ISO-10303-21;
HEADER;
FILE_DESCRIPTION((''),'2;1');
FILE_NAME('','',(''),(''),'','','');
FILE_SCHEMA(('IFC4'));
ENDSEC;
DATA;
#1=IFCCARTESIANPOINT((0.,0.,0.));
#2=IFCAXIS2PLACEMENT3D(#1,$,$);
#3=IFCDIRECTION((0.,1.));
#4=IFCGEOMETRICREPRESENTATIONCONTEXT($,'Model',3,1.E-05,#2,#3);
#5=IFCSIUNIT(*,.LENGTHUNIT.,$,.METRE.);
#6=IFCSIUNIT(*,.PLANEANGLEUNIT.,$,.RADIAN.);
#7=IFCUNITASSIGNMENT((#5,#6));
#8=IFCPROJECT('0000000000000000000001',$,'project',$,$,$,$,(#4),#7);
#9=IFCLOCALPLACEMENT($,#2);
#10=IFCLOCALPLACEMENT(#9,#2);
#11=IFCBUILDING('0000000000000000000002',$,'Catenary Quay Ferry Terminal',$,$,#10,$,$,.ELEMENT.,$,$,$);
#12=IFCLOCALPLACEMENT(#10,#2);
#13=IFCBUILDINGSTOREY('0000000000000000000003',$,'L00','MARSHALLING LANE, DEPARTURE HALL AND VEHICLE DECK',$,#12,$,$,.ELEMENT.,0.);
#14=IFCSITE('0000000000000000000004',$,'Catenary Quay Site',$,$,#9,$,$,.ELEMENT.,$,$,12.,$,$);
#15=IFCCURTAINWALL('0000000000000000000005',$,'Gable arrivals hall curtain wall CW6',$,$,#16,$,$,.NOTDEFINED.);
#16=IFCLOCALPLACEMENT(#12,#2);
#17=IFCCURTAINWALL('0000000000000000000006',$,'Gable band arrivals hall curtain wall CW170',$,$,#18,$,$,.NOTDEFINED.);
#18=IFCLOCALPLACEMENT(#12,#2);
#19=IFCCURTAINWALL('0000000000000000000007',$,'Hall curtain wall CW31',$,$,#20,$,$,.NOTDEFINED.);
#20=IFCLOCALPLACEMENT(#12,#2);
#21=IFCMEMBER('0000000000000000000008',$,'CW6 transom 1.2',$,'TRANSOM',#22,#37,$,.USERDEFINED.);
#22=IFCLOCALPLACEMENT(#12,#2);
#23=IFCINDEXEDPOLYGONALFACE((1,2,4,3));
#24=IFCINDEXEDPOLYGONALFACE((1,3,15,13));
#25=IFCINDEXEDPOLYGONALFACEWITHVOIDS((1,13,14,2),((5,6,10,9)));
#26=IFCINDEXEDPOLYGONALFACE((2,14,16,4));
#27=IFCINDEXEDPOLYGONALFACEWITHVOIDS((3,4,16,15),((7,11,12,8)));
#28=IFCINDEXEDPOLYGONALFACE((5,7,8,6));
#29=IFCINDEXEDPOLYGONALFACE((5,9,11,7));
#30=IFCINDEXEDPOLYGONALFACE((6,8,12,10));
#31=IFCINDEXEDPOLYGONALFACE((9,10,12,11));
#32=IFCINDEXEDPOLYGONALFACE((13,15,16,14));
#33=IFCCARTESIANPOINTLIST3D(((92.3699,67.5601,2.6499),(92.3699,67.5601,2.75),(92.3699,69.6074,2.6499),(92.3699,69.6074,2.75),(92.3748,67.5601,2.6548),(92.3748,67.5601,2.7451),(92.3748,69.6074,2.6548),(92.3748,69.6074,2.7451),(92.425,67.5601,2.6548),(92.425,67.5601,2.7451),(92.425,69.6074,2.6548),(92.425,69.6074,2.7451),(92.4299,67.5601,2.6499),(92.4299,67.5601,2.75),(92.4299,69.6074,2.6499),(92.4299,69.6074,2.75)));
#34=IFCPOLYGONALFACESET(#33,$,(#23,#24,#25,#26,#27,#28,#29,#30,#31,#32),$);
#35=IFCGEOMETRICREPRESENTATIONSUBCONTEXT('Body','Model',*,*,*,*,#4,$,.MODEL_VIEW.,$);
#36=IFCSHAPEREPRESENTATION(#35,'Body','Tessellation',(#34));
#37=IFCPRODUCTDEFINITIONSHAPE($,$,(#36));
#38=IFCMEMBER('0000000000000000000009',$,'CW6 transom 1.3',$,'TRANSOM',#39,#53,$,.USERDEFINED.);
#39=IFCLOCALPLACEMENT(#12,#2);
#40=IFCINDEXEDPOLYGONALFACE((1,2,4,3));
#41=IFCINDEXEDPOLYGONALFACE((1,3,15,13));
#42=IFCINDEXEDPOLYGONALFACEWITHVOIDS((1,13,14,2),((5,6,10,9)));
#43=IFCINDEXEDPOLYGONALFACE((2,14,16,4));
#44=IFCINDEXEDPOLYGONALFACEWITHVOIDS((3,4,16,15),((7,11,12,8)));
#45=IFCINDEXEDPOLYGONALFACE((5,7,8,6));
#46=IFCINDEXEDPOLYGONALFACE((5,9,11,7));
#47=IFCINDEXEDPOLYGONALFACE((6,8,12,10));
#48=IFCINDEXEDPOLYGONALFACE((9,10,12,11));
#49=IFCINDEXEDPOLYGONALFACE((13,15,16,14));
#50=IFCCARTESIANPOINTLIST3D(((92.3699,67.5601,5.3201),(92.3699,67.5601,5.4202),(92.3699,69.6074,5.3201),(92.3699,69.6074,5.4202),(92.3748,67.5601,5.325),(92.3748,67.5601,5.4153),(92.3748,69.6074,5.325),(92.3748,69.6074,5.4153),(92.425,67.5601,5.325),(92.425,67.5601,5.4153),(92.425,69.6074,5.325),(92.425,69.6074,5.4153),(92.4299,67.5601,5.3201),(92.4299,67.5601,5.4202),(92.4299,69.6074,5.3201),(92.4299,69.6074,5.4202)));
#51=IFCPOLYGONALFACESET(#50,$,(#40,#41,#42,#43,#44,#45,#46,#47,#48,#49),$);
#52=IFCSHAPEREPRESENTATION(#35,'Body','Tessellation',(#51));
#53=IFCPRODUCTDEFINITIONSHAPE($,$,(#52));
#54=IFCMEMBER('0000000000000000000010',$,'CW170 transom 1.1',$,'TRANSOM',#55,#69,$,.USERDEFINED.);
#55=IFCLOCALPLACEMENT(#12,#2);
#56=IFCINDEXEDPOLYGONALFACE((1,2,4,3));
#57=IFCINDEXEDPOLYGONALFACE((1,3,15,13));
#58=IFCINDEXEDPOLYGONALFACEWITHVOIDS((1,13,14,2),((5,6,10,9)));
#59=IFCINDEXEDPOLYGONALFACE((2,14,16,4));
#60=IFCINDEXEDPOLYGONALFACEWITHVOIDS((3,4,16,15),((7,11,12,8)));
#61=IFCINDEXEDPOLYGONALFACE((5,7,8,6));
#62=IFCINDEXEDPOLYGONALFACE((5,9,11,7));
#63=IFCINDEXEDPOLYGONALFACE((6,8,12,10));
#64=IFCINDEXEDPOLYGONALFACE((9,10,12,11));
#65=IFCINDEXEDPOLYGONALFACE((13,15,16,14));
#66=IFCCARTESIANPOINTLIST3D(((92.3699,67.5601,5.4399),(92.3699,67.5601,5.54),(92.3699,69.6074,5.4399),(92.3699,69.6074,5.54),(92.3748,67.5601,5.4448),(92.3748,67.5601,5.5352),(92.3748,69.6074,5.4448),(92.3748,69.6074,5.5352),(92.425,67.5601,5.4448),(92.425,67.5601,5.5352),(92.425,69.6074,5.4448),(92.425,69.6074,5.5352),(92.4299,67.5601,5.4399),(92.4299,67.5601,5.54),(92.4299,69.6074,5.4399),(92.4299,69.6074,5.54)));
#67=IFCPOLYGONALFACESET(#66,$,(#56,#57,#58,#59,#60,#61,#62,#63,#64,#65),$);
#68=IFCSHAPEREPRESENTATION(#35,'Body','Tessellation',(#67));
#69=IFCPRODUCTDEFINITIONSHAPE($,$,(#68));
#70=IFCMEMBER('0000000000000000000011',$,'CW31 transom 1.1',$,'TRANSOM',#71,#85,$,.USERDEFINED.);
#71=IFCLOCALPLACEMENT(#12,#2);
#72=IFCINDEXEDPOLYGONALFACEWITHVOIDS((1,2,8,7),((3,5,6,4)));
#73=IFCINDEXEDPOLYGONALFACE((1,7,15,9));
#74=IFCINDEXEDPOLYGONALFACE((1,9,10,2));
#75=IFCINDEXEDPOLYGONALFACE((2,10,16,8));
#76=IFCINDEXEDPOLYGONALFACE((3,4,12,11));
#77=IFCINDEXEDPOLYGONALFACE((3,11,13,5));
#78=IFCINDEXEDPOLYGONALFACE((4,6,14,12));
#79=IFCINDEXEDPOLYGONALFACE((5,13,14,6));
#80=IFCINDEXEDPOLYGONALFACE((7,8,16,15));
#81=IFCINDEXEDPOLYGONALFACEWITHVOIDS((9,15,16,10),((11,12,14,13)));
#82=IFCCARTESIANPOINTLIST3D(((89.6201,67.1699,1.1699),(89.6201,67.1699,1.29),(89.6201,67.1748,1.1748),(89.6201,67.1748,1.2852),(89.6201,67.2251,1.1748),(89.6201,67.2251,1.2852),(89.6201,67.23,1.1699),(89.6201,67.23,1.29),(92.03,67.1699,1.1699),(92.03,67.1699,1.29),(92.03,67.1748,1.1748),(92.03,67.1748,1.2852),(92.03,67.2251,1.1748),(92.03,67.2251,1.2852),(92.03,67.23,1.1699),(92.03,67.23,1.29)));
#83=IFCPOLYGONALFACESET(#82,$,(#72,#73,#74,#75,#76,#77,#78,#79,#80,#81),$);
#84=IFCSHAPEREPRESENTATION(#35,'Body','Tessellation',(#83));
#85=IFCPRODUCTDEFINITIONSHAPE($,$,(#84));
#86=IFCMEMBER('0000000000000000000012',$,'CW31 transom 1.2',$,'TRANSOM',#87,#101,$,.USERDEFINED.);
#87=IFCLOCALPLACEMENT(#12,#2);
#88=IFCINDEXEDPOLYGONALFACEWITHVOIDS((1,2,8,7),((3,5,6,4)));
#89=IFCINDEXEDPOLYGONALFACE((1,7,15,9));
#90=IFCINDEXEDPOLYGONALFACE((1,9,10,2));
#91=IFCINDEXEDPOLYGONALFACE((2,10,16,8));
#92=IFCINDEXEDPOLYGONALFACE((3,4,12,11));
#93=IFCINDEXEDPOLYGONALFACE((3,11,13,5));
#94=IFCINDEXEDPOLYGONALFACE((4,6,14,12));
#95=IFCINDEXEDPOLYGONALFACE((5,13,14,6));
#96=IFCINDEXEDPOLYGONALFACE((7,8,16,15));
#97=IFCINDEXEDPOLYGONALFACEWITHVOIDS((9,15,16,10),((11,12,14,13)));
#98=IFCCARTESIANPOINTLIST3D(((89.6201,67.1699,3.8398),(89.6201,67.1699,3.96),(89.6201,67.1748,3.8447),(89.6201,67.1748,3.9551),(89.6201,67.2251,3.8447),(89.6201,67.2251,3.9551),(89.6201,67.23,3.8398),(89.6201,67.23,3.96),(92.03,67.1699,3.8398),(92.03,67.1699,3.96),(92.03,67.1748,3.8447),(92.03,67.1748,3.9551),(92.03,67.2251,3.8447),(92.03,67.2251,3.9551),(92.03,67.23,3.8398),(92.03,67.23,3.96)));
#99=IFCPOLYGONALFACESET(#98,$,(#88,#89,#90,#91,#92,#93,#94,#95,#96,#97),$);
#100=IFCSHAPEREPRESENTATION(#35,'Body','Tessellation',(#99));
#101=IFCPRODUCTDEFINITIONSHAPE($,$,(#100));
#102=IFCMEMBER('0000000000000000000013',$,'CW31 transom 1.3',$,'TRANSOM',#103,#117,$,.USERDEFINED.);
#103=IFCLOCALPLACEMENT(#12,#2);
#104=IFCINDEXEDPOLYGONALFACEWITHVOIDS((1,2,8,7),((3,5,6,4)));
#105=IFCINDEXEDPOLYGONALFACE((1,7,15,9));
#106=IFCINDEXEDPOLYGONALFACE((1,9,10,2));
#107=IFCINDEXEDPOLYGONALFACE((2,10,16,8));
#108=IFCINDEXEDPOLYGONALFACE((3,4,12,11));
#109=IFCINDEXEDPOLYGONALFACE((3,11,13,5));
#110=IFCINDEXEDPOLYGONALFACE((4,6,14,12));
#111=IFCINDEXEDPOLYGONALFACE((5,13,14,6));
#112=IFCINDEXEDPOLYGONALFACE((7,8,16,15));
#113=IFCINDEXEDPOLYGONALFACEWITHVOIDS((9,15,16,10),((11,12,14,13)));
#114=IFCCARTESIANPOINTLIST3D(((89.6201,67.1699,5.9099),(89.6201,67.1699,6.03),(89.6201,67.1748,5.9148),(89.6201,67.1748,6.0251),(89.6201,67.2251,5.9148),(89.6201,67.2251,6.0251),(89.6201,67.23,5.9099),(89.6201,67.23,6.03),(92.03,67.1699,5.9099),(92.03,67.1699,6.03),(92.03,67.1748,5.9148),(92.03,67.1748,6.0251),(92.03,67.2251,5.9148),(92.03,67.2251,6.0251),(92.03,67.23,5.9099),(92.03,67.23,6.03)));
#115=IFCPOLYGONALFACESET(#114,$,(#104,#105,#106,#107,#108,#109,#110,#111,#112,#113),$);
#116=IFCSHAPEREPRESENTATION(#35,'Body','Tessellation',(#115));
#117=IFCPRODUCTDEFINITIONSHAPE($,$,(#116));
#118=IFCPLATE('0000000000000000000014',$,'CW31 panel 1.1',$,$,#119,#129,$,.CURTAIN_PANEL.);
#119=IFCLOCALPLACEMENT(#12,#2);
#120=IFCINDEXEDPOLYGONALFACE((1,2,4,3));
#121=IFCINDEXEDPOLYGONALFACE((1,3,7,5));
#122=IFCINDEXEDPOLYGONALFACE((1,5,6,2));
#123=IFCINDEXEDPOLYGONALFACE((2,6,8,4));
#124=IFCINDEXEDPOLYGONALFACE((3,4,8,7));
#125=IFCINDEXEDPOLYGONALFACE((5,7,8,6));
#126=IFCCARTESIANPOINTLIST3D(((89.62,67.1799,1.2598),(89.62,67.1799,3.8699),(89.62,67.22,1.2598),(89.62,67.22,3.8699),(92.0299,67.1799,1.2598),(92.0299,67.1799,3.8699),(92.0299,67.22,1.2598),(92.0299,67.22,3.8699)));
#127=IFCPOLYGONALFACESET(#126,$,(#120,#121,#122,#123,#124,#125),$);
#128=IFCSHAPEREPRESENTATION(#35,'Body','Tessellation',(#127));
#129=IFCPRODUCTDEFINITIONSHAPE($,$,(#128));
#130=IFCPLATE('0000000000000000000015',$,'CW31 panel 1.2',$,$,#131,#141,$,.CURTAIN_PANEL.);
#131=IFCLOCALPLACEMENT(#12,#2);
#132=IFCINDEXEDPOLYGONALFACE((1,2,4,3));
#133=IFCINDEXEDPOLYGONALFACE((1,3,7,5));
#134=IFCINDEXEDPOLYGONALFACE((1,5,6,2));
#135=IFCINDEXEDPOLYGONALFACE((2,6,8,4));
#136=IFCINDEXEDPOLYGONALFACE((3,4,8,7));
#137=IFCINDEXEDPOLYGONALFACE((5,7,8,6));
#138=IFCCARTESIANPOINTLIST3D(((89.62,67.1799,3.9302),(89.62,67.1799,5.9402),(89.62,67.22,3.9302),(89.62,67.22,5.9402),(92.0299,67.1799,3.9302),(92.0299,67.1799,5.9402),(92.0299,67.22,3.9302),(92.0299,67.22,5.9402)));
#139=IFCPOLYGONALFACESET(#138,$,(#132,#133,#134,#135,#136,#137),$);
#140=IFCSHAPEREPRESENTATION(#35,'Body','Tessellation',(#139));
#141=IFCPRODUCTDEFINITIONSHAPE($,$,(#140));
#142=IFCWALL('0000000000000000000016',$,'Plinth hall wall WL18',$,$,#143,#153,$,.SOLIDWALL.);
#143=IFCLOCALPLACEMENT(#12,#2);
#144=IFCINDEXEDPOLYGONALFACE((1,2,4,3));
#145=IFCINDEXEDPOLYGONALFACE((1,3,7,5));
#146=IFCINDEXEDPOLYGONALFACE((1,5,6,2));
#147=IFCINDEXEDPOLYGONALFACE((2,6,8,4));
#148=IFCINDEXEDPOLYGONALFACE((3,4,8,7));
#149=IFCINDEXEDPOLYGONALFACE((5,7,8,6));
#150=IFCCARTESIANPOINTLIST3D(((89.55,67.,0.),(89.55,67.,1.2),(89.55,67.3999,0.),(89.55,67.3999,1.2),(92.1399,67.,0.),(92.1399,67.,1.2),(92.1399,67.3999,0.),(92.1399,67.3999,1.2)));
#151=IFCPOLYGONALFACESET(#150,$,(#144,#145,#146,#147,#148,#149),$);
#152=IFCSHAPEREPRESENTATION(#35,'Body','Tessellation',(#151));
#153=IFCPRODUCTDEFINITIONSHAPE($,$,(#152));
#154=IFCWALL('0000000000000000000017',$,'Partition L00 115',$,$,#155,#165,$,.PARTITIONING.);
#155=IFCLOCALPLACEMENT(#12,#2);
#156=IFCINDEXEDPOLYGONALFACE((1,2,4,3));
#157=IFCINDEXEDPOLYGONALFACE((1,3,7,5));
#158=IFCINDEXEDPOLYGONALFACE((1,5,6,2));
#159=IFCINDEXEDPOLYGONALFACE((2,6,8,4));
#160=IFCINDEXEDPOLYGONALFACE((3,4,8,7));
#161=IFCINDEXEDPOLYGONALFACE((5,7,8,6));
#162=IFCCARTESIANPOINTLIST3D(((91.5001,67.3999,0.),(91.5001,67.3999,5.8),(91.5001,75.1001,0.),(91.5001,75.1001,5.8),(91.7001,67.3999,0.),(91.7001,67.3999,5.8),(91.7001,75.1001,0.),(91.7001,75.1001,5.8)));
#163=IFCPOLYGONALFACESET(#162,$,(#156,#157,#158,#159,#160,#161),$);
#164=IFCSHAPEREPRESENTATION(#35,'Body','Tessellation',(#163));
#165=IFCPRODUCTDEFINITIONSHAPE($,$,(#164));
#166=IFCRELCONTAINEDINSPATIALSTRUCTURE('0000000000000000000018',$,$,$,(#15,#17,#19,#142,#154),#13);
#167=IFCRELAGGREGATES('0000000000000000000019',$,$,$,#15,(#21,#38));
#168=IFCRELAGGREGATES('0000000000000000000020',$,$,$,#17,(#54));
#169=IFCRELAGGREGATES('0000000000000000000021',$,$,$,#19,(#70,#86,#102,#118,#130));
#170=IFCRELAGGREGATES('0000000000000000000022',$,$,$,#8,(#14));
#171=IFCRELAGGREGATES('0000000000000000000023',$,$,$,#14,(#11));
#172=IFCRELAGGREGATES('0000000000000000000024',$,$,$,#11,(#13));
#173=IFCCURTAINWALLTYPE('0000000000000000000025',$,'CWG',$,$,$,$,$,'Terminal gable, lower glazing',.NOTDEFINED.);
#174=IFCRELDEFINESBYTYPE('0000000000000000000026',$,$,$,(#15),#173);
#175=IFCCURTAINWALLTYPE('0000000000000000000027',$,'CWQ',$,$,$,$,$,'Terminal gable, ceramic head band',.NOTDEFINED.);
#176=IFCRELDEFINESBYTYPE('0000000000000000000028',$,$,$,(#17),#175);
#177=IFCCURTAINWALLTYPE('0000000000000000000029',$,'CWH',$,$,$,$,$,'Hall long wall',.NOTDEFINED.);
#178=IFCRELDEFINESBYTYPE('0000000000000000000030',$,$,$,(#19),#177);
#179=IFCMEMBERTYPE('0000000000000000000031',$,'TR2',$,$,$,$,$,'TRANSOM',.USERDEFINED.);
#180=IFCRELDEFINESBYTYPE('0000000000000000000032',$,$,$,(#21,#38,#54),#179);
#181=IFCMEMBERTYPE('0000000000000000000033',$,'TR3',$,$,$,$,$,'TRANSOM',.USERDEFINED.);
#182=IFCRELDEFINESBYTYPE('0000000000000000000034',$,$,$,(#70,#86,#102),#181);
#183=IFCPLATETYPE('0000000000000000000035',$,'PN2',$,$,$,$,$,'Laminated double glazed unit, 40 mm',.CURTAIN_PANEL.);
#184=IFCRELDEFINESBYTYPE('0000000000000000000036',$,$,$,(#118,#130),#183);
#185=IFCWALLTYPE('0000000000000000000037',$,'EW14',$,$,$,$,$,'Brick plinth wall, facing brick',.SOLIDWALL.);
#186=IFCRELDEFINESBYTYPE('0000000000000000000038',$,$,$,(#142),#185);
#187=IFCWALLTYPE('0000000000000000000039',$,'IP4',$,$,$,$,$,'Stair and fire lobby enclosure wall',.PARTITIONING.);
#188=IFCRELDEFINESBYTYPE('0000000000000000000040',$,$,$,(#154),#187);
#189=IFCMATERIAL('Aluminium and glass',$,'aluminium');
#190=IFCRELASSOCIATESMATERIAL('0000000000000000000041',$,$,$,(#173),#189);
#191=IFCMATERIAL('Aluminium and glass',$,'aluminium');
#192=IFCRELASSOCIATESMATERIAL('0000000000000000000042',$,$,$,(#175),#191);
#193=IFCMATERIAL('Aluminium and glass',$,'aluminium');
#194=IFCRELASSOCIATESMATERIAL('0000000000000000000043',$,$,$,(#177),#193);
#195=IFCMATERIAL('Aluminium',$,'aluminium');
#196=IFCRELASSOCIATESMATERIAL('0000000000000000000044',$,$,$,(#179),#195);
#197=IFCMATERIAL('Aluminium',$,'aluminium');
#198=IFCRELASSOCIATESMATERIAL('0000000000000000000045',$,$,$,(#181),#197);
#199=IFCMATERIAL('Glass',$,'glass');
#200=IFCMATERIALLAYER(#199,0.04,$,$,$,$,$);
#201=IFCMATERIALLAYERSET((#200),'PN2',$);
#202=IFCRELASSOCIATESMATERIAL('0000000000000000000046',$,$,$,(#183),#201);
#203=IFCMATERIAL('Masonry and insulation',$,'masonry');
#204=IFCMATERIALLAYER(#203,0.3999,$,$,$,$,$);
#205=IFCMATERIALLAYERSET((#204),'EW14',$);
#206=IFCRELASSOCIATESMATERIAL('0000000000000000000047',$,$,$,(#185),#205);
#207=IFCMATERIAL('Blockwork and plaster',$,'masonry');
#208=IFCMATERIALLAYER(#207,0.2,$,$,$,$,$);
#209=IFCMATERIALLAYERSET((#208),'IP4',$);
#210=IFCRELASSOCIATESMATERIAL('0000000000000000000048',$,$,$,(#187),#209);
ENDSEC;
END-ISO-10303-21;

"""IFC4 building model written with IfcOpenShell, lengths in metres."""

from ifc_helpers import new_model, si_unit, direction, frame, frame_2d, origin, origin_2d, place, context, subcontext, project, spatial, rectangle, hollow_rectangle, extrude, material, layer, layer_set, material_profile, profile_set, type_object, element, aggregate, save


model = new_model("IFC4")

# Units and contexts
model_context = context("Model", 3, precision=1e-05, world=origin(), true_north=direction((0.0, 1.0)))
body_context = subcontext(model_context, "Body", "Model", "MODEL_VIEW")
ifc_project = project(units=[si_unit("LENGTHUNIT", "METRE"), si_unit("PLANEANGLEUNIT", "RADIAN")], contexts=[model_context])

# Site, building, storey
site_placement = place(None, origin())
site = spatial("IfcSite", under=ifc_project, at=site_placement, Name="Catenary Quay Site", CompositionType="ELEMENT", RefElevation=12.0)
building_placement = place(site_placement, origin())
building = spatial("IfcBuilding", under=site, at=building_placement, Name="Catenary Quay Ferry Terminal", CompositionType="ELEMENT")
storey_placement = place(building_placement, origin())
storey = spatial("IfcBuildingStorey", under=building, at=storey_placement, Name="L00", Description="MARSHALLING LANE, DEPARTURE HALL AND VEHICLE DECK", CompositionType="ELEMENT", Elevation=0.0)

# Curtain walls
ifc_material_1 = material(Name="Aluminium and glass", Category="aluminium")
curtain_wall_type_1 = type_object("IfcCurtainWallType", Name="CWG", ElementType="Terminal gable, lower glazing", PredefinedType="NOTDEFINED", material=ifc_material_1)
curtain_wall_1_placement = place(storey_placement, origin())
curtain_wall_1 = element("IfcCurtainWall", 1, at=curtain_wall_1_placement, inside=storey, type_object=curtain_wall_type_1, Name="Gable arrivals hall curtain wall CW6", PredefinedType="NOTDEFINED")
ifc_material_2 = material(Name="Aluminium and glass", Category="aluminium")
curtain_wall_type_2 = type_object("IfcCurtainWallType", Name="CWQ", ElementType="Terminal gable, ceramic head band", PredefinedType="NOTDEFINED", material=ifc_material_2)
curtain_wall_2_placement = place(storey_placement, origin())
curtain_wall_2 = element("IfcCurtainWall", 2, at=curtain_wall_2_placement, inside=storey, type_object=curtain_wall_type_2, Name="Gable band arrivals hall curtain wall CW170", PredefinedType="NOTDEFINED")
ifc_material_3 = material(Name="Aluminium and glass", Category="aluminium")
curtain_wall_type_3 = type_object("IfcCurtainWallType", Name="CWH", ElementType="Hall long wall", PredefinedType="NOTDEFINED", material=ifc_material_3)

# Curtain wall
curtain_wall_3_placement = place(storey_placement, origin())
curtain_wall_3 = element("IfcCurtainWall", 3, at=curtain_wall_3_placement, inside=storey, type_object=curtain_wall_type_3, Name="Hall curtain wall CW31", PredefinedType="NOTDEFINED")

# Members
ifc_material_4 = material(Name="Aluminium", Category="aluminium")
ifc_material_profile_1 = material_profile(ifc_material_4, hollow_rectangle(XDim=0.0601, YDim=0.1001, WallThickness=0.0049, at=origin_2d()), Name="TR2")
ifc_profile_set_1 = profile_set([ifc_material_profile_1], Name="Aluminium")
member_type_1 = type_object("IfcMemberType", Name="TR2", ElementType="TRANSOM", PredefinedType="USERDEFINED", material=ifc_profile_set_1)
member_1_placement = place(storey_placement, frame((92.3999, 67.5601, 2.7), z_axis=(0.0, 1.0, 0.0), x_axis=(-1.0, 0.0, 0.0)))
member_1 = element("IfcMember", 4, at=member_1_placement, type_object=member_type_1, Name="CW6 transom 1.2", ObjectType="TRANSOM", PredefinedType="USERDEFINED", context=body_context, shape_type="SweptSolid", body=[
    extrude(hollow_rectangle(XDim=0.0601, YDim=0.1001, WallThickness=0.0049, at=origin_2d()), origin(), (0.0, 0.0, 1.0), 2.0474),
])
member_2_placement = place(storey_placement, frame((92.3999, 67.5601, 5.3701), z_axis=(0.0, 1.0, 0.0), x_axis=(-1.0, 0.0, 0.0)))
member_2 = element("IfcMember", 5, at=member_2_placement, type_object=member_type_1, Name="CW6 transom 1.3", ObjectType="TRANSOM", PredefinedType="USERDEFINED", context=body_context, shape_type="SweptSolid", body=[
    extrude(hollow_rectangle(XDim=0.0601, YDim=0.1001, WallThickness=0.0049, at=origin_2d()), origin(), (0.0, 0.0, 1.0), 2.0474),
])
aggregate(curtain_wall_1, [member_1, member_2])
member_3_placement = place(storey_placement, frame((92.3999, 67.5601, 5.49), z_axis=(0.0, 1.0, 0.0), x_axis=(-1.0, 0.0, 0.0)))
member_3 = element("IfcMember", 6, at=member_3_placement, type_object=member_type_1, Name="CW170 transom 1.1", ObjectType="TRANSOM", PredefinedType="USERDEFINED", context=body_context, shape_type="SweptSolid", body=[
    extrude(hollow_rectangle(XDim=0.0601, YDim=0.1001, WallThickness=0.0049, at=origin_2d()), origin(), (0.0, 0.0, 1.0), 2.0474),
])
aggregate(curtain_wall_2, [member_3])
ifc_material_5 = material(Name="Aluminium", Category="aluminium")
ifc_material_profile_2 = material_profile(ifc_material_5, hollow_rectangle(XDim=0.0601, YDim=0.1201, WallThickness=0.0049, at=origin_2d()), Name="TR3")
ifc_profile_set_2 = profile_set([ifc_material_profile_2], Name="Aluminium")
member_type_2 = type_object("IfcMemberType", Name="TR3", ElementType="TRANSOM", PredefinedType="USERDEFINED", material=ifc_profile_set_2)
member_4_placement = place(storey_placement, frame((89.6201, 67.2, 1.23), z_axis=(1.0, 0.0, 0.0), x_axis=(0.0, 1.0, 0.0)))
member_4 = element("IfcMember", 7, at=member_4_placement, type_object=member_type_2, Name="CW31 transom 1.1", ObjectType="TRANSOM", PredefinedType="USERDEFINED", context=body_context, shape_type="SweptSolid", body=[
    extrude(hollow_rectangle(XDim=0.0601, YDim=0.1201, WallThickness=0.0049, at=origin_2d()), origin(), (0.0, 0.0, 1.0), 2.4099),
])
member_5_placement = place(storey_placement, frame((89.6201, 67.2, 3.8999), z_axis=(1.0, 0.0, 0.0), x_axis=(0.0, 1.0, 0.0)))
member_5 = element("IfcMember", 8, at=member_5_placement, type_object=member_type_2, Name="CW31 transom 1.2", ObjectType="TRANSOM", PredefinedType="USERDEFINED", context=body_context, shape_type="SweptSolid", body=[
    extrude(hollow_rectangle(XDim=0.0601, YDim=0.1201, WallThickness=0.0049, at=origin_2d()), origin(), (0.0, 0.0, 1.0), 2.4099),
])
member_6_placement = place(storey_placement, frame((89.6201, 67.2, 5.97), z_axis=(1.0, 0.0, 0.0), x_axis=(0.0, 1.0, 0.0)))
member_6 = element("IfcMember", 9, at=member_6_placement, type_object=member_type_2, Name="CW31 transom 1.3", ObjectType="TRANSOM", PredefinedType="USERDEFINED", context=body_context, shape_type="SweptSolid", body=[
    extrude(hollow_rectangle(XDim=0.0601, YDim=0.1201, WallThickness=0.0049, at=origin_2d()), origin(), (0.0, 0.0, 1.0), 2.4099),
])

# Plates
ifc_material_6 = material(Name="Glass", Category="glass")
ifc_layer_1 = layer(ifc_material_6, 0.04)
ifc_layer_set_1 = layer_set([ifc_layer_1], Name="PN2")
plate_type = type_object("IfcPlateType", Name="PN2", ElementType="Laminated double glazed unit, 40 mm", PredefinedType="CURTAIN_PANEL", material=ifc_layer_set_1)
plate_1_placement = place(storey_placement, frame((90.825, 67.2, 1.2598), z_axis=(0.0, 0.0, 1.0), x_axis=(1.0, 0.0, 0.0)))
plate_1 = element("IfcPlate", 10, at=plate_1_placement, type_object=plate_type, Name="CW31 panel 1.1", PredefinedType="CURTAIN_PANEL", context=body_context, shape_type="SweptSolid", body=[
    extrude(rectangle(XDim=2.4099, YDim=0.04, at=origin_2d()), origin(), (0.0, 0.0, 1.0), 2.6101),
])
plate_2_placement = place(storey_placement, frame((90.825, 67.2, 3.9302), z_axis=(0.0, 0.0, 1.0), x_axis=(1.0, 0.0, 0.0)))
plate_2 = element("IfcPlate", 11, at=plate_2_placement, type_object=plate_type, Name="CW31 panel 1.2", PredefinedType="CURTAIN_PANEL", context=body_context, shape_type="SweptSolid", body=[
    extrude(rectangle(XDim=2.4099, YDim=0.04, at=origin_2d()), origin(), (0.0, 0.0, 1.0), 2.01),
])
aggregate(curtain_wall_3, [member_4, member_5, member_6, plate_1, plate_2])

# Wall
ifc_material_7 = material(Name="Masonry and insulation", Category="masonry")
ifc_layer_2 = layer(ifc_material_7, 0.3999)
ifc_layer_set_2 = layer_set([ifc_layer_2], Name="EW14")
wall_type_1 = type_object("IfcWallType", Name="EW14", ElementType="Brick plinth wall, facing brick", PredefinedType="SOLIDWALL", material=ifc_layer_set_2)
wall_1_placement = place(storey_placement, frame((89.55, 67.2, 0.0), z_axis=(0.0, 0.0, 1.0), x_axis=(1.0, 0.0, 0.0)))
element("IfcWall", 12, at=wall_1_placement, inside=storey, type_object=wall_type_1, Name="Plinth hall wall WL18", PredefinedType="SOLIDWALL", context=body_context, shape_type="SweptSolid", body=[
    extrude(rectangle(XDim=2.5898, YDim=0.3999, at=frame_2d((1.2949, 0.0))), origin(), (0.0, 0.0, 1.0), 1.2),
])

# Wall
ifc_material_8 = material(Name="Blockwork and plaster", Category="masonry")
ifc_layer_3 = layer(ifc_material_8, 0.2)
ifc_layer_set_3 = layer_set([ifc_layer_3], Name="IP4")
wall_type_2 = type_object("IfcWallType", Name="IP4", ElementType="Stair and fire lobby enclosure wall", PredefinedType="PARTITIONING", material=ifc_layer_set_3)
wall_2_placement = place(storey_placement, frame((91.6001, 67.3999, 0.0), z_axis=(0.0, 0.0, 1.0), x_axis=(0.0, 1.0, 0.0)))
element("IfcWall", 13, at=wall_2_placement, inside=storey, type_object=wall_type_2, Name="Partition L00 115", PredefinedType="PARTITIONING", context=body_context, shape_type="SweptSolid", body=[
    extrude(rectangle(XDim=7.7002, YDim=0.2, at=frame_2d((3.8501, 0.0))), origin(), (0.0, 0.0, 1.0), 5.8),
])

save(model, "model.ifc")
